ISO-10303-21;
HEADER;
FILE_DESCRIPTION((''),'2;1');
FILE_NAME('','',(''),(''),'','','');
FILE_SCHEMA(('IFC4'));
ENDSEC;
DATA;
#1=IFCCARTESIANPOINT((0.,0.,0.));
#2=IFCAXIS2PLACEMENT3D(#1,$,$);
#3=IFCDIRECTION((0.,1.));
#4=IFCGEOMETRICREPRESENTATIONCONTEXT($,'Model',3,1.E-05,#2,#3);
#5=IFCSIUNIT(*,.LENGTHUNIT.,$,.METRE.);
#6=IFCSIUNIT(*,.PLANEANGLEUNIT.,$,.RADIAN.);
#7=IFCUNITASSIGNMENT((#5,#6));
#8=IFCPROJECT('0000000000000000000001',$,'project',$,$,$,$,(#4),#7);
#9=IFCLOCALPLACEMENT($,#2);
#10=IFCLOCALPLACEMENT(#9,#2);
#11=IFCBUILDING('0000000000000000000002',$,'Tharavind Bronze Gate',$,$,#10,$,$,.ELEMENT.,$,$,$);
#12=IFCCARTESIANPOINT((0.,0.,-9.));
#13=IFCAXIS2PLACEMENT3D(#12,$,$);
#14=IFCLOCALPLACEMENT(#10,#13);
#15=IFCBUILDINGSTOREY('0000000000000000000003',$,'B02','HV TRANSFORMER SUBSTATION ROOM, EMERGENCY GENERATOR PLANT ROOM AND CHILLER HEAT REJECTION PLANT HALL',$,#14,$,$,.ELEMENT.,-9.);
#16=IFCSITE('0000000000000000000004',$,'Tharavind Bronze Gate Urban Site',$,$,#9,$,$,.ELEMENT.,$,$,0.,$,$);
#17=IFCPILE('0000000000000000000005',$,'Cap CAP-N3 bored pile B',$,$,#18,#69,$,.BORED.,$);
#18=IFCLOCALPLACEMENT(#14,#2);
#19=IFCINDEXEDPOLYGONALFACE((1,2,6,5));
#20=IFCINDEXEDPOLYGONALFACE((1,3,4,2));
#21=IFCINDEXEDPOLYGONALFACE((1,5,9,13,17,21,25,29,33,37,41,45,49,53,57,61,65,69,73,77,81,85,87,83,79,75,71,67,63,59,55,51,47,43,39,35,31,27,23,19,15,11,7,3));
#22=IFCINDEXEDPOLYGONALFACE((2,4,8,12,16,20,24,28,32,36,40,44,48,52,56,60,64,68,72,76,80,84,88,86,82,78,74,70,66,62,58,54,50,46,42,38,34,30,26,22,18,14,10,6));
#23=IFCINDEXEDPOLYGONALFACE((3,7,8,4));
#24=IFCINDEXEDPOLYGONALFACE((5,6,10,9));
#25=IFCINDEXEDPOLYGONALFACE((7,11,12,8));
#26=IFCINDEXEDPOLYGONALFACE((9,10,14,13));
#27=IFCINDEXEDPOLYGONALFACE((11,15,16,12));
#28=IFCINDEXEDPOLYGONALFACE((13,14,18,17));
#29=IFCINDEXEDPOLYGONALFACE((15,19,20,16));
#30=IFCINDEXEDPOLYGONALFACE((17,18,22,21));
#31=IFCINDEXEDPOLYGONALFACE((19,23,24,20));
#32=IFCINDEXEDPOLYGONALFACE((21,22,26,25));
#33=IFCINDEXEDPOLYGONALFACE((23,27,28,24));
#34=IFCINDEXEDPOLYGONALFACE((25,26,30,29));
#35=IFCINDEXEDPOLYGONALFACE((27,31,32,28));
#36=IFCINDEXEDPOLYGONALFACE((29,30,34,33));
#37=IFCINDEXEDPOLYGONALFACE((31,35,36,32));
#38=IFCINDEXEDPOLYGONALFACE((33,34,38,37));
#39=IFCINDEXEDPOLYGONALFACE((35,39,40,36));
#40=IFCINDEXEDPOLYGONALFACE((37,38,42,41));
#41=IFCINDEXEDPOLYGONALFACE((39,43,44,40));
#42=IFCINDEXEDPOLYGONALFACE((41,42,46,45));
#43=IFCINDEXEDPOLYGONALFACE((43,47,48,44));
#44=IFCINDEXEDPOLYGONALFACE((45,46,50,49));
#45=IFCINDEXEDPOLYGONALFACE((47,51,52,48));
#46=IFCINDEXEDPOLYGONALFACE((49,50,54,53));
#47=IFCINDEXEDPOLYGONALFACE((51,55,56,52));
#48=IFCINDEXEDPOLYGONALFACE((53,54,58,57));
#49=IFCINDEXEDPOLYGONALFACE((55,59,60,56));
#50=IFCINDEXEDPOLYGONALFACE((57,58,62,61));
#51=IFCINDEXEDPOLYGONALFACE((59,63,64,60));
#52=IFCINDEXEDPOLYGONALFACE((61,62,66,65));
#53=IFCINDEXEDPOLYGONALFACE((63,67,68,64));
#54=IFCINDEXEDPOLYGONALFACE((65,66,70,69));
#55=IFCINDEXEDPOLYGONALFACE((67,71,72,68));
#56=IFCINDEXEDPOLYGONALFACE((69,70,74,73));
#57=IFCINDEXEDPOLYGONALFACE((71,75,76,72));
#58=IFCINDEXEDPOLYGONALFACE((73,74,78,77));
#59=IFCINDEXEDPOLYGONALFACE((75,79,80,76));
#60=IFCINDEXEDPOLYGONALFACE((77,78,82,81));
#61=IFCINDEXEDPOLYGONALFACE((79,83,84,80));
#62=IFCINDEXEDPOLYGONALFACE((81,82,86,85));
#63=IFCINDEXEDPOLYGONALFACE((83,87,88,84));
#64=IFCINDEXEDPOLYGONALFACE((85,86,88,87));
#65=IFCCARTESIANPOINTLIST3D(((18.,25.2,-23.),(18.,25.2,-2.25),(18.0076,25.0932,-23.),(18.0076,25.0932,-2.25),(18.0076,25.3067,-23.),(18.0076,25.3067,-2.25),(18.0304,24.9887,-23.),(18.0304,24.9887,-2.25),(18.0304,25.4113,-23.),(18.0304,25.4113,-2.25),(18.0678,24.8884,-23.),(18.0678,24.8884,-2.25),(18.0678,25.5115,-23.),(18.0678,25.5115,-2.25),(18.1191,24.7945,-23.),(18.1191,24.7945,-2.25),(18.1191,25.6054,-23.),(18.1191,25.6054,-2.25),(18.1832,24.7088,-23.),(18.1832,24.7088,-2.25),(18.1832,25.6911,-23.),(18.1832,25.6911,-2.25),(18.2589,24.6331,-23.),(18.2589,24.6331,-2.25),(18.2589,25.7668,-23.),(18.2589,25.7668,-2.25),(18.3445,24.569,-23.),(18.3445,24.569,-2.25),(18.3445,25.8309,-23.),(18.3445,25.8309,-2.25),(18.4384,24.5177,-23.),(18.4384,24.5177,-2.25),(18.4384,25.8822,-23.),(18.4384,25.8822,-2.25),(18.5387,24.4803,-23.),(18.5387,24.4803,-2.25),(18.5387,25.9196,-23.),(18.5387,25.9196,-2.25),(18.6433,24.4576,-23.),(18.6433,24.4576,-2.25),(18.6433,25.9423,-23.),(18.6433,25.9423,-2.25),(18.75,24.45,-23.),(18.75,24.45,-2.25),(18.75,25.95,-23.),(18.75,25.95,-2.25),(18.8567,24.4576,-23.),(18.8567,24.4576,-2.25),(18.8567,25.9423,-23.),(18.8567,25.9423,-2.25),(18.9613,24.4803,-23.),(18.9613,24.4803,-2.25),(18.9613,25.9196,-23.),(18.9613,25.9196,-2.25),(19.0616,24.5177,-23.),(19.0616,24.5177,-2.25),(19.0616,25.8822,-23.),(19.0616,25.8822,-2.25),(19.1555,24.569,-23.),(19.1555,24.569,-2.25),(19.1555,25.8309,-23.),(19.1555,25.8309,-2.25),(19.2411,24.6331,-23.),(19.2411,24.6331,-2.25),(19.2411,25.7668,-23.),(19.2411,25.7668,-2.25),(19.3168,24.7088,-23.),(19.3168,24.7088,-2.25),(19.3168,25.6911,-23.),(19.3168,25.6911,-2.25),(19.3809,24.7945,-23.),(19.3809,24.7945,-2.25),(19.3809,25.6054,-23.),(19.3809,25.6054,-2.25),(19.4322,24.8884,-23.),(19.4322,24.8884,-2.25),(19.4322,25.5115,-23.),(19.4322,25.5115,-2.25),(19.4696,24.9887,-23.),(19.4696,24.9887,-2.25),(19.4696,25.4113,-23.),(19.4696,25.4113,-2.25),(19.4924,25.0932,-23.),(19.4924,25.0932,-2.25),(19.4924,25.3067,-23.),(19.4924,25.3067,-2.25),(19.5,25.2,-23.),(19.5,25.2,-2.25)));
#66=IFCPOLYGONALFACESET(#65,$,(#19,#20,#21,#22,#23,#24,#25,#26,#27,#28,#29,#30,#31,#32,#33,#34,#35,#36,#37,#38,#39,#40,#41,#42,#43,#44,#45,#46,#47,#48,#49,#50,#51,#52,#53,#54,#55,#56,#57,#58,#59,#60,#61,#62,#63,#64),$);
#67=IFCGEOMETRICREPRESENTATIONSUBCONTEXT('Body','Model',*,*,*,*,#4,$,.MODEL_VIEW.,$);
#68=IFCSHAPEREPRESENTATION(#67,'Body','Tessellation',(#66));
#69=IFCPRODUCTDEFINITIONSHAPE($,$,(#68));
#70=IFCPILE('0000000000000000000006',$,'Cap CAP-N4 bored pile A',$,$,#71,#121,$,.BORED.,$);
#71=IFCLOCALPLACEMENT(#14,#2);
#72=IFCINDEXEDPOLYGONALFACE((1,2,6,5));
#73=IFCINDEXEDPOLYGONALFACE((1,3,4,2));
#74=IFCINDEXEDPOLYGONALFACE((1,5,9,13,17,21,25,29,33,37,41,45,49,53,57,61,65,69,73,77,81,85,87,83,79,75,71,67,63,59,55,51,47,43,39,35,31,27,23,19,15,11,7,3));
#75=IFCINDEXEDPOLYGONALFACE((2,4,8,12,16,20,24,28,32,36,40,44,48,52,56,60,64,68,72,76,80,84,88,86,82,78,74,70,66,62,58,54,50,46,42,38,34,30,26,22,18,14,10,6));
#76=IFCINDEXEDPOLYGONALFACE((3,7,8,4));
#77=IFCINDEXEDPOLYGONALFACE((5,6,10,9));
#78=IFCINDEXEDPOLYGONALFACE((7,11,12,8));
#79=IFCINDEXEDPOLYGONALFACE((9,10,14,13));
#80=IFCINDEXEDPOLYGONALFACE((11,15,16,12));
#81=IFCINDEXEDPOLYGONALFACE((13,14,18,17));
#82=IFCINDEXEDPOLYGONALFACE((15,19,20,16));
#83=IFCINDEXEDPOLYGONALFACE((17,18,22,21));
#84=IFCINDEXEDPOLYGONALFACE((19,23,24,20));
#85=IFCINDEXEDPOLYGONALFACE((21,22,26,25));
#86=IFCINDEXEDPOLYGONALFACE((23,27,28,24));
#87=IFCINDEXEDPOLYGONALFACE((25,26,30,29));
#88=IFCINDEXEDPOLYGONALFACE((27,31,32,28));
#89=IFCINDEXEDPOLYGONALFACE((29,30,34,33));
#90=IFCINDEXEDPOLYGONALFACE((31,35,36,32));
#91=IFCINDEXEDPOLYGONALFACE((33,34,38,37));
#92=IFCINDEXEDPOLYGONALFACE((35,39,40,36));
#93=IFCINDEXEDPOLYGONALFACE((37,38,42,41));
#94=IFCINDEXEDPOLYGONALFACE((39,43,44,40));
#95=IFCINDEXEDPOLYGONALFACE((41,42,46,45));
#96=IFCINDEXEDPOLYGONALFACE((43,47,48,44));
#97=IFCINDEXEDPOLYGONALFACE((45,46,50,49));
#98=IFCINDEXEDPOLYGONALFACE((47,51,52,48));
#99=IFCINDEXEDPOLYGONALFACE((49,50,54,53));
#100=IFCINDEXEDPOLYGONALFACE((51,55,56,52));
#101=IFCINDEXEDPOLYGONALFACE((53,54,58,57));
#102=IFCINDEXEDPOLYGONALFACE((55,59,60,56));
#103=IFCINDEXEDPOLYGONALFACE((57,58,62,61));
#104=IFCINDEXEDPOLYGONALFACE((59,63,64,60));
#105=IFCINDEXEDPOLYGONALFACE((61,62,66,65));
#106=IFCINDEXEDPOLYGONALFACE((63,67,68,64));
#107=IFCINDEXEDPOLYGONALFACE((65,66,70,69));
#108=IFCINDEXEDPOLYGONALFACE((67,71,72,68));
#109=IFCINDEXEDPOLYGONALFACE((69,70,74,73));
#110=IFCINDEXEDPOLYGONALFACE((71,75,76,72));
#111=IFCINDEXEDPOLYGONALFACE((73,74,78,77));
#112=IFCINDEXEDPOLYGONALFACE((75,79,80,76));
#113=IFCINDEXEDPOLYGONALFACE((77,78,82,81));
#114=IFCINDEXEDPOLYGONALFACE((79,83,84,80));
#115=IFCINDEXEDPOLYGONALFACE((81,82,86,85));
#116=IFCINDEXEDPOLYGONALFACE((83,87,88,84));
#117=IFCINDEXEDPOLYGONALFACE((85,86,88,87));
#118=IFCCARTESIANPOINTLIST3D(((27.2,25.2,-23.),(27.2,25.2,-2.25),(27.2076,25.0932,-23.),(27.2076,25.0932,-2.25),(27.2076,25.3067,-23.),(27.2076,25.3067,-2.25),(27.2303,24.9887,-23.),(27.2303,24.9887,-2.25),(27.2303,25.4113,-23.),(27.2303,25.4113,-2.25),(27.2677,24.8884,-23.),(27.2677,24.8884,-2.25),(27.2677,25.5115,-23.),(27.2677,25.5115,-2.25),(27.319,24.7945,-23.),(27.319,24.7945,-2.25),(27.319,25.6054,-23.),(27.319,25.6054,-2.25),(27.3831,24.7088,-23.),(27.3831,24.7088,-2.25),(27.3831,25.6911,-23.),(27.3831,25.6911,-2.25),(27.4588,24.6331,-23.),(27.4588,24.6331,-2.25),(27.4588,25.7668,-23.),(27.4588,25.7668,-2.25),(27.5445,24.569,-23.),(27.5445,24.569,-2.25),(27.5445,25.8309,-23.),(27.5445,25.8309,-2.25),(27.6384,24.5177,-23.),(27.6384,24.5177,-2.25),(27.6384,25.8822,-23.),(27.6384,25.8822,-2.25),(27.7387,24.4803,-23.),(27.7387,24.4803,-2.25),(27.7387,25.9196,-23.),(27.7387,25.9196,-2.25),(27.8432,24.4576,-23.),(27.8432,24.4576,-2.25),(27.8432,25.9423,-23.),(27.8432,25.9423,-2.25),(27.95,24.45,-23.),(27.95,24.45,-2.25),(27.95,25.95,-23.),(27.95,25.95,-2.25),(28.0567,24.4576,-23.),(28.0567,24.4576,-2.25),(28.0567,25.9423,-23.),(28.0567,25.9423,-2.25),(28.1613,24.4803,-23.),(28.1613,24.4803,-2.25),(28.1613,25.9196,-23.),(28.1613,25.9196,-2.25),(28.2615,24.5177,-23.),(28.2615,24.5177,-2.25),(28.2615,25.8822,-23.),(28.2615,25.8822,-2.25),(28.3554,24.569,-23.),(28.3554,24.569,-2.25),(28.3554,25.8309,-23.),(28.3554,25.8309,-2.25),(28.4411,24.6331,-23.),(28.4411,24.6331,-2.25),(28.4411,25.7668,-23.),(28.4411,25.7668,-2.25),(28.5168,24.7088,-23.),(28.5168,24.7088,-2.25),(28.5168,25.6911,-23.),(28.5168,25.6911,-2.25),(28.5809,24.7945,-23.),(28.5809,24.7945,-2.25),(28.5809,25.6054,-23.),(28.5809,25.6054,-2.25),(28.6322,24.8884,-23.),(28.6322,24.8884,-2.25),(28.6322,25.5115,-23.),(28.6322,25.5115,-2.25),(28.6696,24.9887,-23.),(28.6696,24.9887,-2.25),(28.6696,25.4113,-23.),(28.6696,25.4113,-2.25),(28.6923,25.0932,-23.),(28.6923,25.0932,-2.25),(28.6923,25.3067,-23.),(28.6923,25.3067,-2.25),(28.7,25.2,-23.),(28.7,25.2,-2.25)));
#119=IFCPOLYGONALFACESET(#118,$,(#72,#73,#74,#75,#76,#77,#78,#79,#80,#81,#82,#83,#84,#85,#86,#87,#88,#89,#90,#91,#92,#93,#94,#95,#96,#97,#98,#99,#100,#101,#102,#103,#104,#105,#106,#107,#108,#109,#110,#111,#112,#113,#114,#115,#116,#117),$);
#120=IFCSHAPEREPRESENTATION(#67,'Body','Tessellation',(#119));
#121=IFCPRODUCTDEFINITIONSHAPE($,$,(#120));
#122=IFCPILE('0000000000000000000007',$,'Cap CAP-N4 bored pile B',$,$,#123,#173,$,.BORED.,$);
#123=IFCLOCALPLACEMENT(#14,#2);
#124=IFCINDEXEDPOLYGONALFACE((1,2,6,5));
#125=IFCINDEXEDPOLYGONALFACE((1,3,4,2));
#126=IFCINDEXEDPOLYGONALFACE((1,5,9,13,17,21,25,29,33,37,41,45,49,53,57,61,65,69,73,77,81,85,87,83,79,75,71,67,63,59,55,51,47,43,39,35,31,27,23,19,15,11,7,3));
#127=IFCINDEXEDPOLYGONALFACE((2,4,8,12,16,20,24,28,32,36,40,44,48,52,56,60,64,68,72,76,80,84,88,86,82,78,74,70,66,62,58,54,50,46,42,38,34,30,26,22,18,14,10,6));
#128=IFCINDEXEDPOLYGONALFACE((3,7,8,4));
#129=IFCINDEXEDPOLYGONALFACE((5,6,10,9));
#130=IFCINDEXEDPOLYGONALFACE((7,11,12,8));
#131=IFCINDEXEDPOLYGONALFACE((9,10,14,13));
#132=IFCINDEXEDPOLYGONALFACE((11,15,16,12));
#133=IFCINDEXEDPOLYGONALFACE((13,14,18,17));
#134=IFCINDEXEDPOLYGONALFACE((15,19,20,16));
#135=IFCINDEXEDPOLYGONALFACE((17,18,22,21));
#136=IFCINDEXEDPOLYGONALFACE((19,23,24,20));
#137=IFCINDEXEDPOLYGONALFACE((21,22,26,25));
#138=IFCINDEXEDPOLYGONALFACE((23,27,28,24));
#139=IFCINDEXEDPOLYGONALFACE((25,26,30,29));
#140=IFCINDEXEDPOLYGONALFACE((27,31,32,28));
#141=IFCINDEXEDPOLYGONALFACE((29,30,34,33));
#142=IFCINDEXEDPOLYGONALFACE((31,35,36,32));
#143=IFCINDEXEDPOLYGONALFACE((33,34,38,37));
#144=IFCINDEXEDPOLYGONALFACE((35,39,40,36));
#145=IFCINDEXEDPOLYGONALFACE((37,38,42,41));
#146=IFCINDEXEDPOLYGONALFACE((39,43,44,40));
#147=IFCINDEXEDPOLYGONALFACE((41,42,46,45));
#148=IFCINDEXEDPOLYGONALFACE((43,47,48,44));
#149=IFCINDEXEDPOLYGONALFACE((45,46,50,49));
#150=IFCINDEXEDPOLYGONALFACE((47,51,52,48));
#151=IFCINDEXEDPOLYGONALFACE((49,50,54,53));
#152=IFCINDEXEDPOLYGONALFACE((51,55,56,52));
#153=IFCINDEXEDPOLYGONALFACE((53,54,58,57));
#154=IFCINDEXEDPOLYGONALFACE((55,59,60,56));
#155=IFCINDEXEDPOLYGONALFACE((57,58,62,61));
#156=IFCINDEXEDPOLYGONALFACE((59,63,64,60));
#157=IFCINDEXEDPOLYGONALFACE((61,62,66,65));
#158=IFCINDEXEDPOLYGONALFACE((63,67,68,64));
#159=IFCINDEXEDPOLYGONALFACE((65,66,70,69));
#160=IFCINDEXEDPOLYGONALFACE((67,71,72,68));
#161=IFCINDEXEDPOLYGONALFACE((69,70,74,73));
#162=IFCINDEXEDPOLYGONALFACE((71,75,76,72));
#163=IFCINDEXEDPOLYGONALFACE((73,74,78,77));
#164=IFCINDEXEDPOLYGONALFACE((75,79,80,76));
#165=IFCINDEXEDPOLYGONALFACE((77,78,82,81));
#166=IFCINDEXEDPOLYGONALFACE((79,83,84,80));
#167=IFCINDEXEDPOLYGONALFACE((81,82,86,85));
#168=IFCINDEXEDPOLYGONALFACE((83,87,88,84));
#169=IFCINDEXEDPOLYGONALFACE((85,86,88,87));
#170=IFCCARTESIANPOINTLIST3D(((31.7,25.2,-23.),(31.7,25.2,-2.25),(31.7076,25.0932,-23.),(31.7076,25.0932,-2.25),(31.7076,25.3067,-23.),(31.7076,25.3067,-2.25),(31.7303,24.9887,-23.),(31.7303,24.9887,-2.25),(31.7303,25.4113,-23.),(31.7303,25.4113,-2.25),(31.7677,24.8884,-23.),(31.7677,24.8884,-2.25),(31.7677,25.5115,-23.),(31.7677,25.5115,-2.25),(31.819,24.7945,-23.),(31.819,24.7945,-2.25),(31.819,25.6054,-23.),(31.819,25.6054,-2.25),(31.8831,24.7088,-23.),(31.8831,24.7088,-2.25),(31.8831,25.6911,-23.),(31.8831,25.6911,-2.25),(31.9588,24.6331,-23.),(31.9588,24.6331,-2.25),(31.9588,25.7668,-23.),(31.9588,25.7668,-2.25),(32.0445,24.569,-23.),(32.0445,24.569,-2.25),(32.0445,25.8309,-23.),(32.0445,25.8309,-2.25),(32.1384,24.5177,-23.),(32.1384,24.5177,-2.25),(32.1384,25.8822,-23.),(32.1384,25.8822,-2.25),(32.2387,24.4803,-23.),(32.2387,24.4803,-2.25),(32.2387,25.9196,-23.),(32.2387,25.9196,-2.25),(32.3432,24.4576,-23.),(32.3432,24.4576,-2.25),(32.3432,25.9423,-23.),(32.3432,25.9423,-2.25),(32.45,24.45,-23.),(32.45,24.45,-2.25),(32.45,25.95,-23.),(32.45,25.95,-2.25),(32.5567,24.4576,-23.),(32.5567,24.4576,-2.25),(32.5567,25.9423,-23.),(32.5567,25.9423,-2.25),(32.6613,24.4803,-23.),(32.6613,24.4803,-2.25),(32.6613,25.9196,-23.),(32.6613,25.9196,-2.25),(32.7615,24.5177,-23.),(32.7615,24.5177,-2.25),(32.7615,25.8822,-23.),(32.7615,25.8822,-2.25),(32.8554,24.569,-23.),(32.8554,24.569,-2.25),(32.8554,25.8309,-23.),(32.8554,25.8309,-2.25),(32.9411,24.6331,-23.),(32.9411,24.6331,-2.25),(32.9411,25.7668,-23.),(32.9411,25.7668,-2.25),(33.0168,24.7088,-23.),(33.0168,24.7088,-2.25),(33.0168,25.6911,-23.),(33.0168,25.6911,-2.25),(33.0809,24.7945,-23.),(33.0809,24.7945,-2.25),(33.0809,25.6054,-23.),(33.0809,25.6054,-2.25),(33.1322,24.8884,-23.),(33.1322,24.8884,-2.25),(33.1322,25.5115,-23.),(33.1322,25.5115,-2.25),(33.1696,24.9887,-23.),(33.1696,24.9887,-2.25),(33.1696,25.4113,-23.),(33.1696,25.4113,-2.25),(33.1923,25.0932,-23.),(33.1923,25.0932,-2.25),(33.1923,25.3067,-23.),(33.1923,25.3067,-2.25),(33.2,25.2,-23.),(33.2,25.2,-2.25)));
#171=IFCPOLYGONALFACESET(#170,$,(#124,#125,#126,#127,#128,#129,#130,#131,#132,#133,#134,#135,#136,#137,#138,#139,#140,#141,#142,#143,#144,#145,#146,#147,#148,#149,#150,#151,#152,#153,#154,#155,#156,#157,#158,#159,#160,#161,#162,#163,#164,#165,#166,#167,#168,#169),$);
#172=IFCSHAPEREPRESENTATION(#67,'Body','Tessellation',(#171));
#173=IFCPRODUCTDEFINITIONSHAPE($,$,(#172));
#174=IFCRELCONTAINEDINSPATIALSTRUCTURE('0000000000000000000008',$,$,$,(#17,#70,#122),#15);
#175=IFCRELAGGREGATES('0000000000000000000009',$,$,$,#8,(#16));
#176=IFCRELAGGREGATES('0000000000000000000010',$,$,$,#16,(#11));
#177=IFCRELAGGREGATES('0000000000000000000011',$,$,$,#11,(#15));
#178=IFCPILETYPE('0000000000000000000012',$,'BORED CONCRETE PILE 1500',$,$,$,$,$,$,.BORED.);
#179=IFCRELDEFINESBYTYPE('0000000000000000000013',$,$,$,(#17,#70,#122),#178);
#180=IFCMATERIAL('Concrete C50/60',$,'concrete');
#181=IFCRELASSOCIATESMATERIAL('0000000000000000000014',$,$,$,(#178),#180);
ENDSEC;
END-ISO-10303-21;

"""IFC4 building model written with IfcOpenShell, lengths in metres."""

from ifc_helpers import new_model, si_unit, direction, frame, origin, origin_2d, place, context, subcontext, project, spatial, circle, extrude, material, material_profile, profile_set, type_object, element, save


model = new_model("IFC4")

# Units and contexts
model_context = context("Model", 3, precision=1e-05, world=origin(), true_north=direction((0.0, 1.0)))
body_context = subcontext(model_context, "Body", "Model", "MODEL_VIEW")
ifc_project = project(units=[si_unit("LENGTHUNIT", "METRE"), si_unit("PLANEANGLEUNIT", "RADIAN")], contexts=[model_context])

# Site, building, storey
site_placement = place(None, origin())
site = spatial("IfcSite", under=ifc_project, at=site_placement, Name="Tharavind Bronze Gate Urban Site", CompositionType="ELEMENT", RefElevation=0.0)
building_placement = place(site_placement, origin())
building = spatial("IfcBuilding", under=site, at=building_placement, Name="Tharavind Bronze Gate", CompositionType="ELEMENT")
storey_placement = place(building_placement, frame((0.0, 0.0, -9.0)))
storey = spatial("IfcBuildingStorey", under=building, at=storey_placement, Name="B02", Description="HV TRANSFORMER SUBSTATION ROOM, EMERGENCY GENERATOR PLANT ROOM AND CHILLER HEAT REJECTION PLANT HALL", CompositionType="ELEMENT", Elevation=-9.0)

# Piles
ifc_material_1 = material(Name="Concrete C50/60", Category="concrete")
ifc_material_profile_1 = material_profile(ifc_material_1, circle(Radius=0.75, at=origin_2d()), Name="PILE1500")
ifc_profile_set_1 = profile_set([ifc_material_profile_1], Name="Concrete C50/60")
pile_type_1 = type_object("IfcPileType", Name="BORED CONCRETE PILE 1500", PredefinedType="BORED", material=ifc_profile_set_1)
for number, where, z_axis, x_axis, name in (
    (1, (18.75, 25.2, -2.25), (0.0, 0.0, -1.0), (1.0, 0.0, 0.0), "Cap CAP-N3 bored pile B"),
    (2, (27.95, 25.2, -2.25), (0.0, 0.0, -1.0), (1.0, 0.0, 0.0), "Cap CAP-N4 bored pile A"),
    (3, (32.45, 25.2, -2.25), (0.0, 0.0, -1.0), (1.0, 0.0, 0.0), "Cap CAP-N4 bored pile B"),
):
    element("IfcPile", number, at=place(storey_placement, frame(where, z_axis=z_axis, x_axis=x_axis)), inside=storey, type_object=pile_type_1, Name=name, PredefinedType="BORED", context=body_context, shape_type="SweptSolid", body=[
        extrude(circle(Radius=0.75, at=origin_2d()), origin(), (0.0, 0.0, 1.0), 20.75),
    ])

save(model, "model.ifc")
